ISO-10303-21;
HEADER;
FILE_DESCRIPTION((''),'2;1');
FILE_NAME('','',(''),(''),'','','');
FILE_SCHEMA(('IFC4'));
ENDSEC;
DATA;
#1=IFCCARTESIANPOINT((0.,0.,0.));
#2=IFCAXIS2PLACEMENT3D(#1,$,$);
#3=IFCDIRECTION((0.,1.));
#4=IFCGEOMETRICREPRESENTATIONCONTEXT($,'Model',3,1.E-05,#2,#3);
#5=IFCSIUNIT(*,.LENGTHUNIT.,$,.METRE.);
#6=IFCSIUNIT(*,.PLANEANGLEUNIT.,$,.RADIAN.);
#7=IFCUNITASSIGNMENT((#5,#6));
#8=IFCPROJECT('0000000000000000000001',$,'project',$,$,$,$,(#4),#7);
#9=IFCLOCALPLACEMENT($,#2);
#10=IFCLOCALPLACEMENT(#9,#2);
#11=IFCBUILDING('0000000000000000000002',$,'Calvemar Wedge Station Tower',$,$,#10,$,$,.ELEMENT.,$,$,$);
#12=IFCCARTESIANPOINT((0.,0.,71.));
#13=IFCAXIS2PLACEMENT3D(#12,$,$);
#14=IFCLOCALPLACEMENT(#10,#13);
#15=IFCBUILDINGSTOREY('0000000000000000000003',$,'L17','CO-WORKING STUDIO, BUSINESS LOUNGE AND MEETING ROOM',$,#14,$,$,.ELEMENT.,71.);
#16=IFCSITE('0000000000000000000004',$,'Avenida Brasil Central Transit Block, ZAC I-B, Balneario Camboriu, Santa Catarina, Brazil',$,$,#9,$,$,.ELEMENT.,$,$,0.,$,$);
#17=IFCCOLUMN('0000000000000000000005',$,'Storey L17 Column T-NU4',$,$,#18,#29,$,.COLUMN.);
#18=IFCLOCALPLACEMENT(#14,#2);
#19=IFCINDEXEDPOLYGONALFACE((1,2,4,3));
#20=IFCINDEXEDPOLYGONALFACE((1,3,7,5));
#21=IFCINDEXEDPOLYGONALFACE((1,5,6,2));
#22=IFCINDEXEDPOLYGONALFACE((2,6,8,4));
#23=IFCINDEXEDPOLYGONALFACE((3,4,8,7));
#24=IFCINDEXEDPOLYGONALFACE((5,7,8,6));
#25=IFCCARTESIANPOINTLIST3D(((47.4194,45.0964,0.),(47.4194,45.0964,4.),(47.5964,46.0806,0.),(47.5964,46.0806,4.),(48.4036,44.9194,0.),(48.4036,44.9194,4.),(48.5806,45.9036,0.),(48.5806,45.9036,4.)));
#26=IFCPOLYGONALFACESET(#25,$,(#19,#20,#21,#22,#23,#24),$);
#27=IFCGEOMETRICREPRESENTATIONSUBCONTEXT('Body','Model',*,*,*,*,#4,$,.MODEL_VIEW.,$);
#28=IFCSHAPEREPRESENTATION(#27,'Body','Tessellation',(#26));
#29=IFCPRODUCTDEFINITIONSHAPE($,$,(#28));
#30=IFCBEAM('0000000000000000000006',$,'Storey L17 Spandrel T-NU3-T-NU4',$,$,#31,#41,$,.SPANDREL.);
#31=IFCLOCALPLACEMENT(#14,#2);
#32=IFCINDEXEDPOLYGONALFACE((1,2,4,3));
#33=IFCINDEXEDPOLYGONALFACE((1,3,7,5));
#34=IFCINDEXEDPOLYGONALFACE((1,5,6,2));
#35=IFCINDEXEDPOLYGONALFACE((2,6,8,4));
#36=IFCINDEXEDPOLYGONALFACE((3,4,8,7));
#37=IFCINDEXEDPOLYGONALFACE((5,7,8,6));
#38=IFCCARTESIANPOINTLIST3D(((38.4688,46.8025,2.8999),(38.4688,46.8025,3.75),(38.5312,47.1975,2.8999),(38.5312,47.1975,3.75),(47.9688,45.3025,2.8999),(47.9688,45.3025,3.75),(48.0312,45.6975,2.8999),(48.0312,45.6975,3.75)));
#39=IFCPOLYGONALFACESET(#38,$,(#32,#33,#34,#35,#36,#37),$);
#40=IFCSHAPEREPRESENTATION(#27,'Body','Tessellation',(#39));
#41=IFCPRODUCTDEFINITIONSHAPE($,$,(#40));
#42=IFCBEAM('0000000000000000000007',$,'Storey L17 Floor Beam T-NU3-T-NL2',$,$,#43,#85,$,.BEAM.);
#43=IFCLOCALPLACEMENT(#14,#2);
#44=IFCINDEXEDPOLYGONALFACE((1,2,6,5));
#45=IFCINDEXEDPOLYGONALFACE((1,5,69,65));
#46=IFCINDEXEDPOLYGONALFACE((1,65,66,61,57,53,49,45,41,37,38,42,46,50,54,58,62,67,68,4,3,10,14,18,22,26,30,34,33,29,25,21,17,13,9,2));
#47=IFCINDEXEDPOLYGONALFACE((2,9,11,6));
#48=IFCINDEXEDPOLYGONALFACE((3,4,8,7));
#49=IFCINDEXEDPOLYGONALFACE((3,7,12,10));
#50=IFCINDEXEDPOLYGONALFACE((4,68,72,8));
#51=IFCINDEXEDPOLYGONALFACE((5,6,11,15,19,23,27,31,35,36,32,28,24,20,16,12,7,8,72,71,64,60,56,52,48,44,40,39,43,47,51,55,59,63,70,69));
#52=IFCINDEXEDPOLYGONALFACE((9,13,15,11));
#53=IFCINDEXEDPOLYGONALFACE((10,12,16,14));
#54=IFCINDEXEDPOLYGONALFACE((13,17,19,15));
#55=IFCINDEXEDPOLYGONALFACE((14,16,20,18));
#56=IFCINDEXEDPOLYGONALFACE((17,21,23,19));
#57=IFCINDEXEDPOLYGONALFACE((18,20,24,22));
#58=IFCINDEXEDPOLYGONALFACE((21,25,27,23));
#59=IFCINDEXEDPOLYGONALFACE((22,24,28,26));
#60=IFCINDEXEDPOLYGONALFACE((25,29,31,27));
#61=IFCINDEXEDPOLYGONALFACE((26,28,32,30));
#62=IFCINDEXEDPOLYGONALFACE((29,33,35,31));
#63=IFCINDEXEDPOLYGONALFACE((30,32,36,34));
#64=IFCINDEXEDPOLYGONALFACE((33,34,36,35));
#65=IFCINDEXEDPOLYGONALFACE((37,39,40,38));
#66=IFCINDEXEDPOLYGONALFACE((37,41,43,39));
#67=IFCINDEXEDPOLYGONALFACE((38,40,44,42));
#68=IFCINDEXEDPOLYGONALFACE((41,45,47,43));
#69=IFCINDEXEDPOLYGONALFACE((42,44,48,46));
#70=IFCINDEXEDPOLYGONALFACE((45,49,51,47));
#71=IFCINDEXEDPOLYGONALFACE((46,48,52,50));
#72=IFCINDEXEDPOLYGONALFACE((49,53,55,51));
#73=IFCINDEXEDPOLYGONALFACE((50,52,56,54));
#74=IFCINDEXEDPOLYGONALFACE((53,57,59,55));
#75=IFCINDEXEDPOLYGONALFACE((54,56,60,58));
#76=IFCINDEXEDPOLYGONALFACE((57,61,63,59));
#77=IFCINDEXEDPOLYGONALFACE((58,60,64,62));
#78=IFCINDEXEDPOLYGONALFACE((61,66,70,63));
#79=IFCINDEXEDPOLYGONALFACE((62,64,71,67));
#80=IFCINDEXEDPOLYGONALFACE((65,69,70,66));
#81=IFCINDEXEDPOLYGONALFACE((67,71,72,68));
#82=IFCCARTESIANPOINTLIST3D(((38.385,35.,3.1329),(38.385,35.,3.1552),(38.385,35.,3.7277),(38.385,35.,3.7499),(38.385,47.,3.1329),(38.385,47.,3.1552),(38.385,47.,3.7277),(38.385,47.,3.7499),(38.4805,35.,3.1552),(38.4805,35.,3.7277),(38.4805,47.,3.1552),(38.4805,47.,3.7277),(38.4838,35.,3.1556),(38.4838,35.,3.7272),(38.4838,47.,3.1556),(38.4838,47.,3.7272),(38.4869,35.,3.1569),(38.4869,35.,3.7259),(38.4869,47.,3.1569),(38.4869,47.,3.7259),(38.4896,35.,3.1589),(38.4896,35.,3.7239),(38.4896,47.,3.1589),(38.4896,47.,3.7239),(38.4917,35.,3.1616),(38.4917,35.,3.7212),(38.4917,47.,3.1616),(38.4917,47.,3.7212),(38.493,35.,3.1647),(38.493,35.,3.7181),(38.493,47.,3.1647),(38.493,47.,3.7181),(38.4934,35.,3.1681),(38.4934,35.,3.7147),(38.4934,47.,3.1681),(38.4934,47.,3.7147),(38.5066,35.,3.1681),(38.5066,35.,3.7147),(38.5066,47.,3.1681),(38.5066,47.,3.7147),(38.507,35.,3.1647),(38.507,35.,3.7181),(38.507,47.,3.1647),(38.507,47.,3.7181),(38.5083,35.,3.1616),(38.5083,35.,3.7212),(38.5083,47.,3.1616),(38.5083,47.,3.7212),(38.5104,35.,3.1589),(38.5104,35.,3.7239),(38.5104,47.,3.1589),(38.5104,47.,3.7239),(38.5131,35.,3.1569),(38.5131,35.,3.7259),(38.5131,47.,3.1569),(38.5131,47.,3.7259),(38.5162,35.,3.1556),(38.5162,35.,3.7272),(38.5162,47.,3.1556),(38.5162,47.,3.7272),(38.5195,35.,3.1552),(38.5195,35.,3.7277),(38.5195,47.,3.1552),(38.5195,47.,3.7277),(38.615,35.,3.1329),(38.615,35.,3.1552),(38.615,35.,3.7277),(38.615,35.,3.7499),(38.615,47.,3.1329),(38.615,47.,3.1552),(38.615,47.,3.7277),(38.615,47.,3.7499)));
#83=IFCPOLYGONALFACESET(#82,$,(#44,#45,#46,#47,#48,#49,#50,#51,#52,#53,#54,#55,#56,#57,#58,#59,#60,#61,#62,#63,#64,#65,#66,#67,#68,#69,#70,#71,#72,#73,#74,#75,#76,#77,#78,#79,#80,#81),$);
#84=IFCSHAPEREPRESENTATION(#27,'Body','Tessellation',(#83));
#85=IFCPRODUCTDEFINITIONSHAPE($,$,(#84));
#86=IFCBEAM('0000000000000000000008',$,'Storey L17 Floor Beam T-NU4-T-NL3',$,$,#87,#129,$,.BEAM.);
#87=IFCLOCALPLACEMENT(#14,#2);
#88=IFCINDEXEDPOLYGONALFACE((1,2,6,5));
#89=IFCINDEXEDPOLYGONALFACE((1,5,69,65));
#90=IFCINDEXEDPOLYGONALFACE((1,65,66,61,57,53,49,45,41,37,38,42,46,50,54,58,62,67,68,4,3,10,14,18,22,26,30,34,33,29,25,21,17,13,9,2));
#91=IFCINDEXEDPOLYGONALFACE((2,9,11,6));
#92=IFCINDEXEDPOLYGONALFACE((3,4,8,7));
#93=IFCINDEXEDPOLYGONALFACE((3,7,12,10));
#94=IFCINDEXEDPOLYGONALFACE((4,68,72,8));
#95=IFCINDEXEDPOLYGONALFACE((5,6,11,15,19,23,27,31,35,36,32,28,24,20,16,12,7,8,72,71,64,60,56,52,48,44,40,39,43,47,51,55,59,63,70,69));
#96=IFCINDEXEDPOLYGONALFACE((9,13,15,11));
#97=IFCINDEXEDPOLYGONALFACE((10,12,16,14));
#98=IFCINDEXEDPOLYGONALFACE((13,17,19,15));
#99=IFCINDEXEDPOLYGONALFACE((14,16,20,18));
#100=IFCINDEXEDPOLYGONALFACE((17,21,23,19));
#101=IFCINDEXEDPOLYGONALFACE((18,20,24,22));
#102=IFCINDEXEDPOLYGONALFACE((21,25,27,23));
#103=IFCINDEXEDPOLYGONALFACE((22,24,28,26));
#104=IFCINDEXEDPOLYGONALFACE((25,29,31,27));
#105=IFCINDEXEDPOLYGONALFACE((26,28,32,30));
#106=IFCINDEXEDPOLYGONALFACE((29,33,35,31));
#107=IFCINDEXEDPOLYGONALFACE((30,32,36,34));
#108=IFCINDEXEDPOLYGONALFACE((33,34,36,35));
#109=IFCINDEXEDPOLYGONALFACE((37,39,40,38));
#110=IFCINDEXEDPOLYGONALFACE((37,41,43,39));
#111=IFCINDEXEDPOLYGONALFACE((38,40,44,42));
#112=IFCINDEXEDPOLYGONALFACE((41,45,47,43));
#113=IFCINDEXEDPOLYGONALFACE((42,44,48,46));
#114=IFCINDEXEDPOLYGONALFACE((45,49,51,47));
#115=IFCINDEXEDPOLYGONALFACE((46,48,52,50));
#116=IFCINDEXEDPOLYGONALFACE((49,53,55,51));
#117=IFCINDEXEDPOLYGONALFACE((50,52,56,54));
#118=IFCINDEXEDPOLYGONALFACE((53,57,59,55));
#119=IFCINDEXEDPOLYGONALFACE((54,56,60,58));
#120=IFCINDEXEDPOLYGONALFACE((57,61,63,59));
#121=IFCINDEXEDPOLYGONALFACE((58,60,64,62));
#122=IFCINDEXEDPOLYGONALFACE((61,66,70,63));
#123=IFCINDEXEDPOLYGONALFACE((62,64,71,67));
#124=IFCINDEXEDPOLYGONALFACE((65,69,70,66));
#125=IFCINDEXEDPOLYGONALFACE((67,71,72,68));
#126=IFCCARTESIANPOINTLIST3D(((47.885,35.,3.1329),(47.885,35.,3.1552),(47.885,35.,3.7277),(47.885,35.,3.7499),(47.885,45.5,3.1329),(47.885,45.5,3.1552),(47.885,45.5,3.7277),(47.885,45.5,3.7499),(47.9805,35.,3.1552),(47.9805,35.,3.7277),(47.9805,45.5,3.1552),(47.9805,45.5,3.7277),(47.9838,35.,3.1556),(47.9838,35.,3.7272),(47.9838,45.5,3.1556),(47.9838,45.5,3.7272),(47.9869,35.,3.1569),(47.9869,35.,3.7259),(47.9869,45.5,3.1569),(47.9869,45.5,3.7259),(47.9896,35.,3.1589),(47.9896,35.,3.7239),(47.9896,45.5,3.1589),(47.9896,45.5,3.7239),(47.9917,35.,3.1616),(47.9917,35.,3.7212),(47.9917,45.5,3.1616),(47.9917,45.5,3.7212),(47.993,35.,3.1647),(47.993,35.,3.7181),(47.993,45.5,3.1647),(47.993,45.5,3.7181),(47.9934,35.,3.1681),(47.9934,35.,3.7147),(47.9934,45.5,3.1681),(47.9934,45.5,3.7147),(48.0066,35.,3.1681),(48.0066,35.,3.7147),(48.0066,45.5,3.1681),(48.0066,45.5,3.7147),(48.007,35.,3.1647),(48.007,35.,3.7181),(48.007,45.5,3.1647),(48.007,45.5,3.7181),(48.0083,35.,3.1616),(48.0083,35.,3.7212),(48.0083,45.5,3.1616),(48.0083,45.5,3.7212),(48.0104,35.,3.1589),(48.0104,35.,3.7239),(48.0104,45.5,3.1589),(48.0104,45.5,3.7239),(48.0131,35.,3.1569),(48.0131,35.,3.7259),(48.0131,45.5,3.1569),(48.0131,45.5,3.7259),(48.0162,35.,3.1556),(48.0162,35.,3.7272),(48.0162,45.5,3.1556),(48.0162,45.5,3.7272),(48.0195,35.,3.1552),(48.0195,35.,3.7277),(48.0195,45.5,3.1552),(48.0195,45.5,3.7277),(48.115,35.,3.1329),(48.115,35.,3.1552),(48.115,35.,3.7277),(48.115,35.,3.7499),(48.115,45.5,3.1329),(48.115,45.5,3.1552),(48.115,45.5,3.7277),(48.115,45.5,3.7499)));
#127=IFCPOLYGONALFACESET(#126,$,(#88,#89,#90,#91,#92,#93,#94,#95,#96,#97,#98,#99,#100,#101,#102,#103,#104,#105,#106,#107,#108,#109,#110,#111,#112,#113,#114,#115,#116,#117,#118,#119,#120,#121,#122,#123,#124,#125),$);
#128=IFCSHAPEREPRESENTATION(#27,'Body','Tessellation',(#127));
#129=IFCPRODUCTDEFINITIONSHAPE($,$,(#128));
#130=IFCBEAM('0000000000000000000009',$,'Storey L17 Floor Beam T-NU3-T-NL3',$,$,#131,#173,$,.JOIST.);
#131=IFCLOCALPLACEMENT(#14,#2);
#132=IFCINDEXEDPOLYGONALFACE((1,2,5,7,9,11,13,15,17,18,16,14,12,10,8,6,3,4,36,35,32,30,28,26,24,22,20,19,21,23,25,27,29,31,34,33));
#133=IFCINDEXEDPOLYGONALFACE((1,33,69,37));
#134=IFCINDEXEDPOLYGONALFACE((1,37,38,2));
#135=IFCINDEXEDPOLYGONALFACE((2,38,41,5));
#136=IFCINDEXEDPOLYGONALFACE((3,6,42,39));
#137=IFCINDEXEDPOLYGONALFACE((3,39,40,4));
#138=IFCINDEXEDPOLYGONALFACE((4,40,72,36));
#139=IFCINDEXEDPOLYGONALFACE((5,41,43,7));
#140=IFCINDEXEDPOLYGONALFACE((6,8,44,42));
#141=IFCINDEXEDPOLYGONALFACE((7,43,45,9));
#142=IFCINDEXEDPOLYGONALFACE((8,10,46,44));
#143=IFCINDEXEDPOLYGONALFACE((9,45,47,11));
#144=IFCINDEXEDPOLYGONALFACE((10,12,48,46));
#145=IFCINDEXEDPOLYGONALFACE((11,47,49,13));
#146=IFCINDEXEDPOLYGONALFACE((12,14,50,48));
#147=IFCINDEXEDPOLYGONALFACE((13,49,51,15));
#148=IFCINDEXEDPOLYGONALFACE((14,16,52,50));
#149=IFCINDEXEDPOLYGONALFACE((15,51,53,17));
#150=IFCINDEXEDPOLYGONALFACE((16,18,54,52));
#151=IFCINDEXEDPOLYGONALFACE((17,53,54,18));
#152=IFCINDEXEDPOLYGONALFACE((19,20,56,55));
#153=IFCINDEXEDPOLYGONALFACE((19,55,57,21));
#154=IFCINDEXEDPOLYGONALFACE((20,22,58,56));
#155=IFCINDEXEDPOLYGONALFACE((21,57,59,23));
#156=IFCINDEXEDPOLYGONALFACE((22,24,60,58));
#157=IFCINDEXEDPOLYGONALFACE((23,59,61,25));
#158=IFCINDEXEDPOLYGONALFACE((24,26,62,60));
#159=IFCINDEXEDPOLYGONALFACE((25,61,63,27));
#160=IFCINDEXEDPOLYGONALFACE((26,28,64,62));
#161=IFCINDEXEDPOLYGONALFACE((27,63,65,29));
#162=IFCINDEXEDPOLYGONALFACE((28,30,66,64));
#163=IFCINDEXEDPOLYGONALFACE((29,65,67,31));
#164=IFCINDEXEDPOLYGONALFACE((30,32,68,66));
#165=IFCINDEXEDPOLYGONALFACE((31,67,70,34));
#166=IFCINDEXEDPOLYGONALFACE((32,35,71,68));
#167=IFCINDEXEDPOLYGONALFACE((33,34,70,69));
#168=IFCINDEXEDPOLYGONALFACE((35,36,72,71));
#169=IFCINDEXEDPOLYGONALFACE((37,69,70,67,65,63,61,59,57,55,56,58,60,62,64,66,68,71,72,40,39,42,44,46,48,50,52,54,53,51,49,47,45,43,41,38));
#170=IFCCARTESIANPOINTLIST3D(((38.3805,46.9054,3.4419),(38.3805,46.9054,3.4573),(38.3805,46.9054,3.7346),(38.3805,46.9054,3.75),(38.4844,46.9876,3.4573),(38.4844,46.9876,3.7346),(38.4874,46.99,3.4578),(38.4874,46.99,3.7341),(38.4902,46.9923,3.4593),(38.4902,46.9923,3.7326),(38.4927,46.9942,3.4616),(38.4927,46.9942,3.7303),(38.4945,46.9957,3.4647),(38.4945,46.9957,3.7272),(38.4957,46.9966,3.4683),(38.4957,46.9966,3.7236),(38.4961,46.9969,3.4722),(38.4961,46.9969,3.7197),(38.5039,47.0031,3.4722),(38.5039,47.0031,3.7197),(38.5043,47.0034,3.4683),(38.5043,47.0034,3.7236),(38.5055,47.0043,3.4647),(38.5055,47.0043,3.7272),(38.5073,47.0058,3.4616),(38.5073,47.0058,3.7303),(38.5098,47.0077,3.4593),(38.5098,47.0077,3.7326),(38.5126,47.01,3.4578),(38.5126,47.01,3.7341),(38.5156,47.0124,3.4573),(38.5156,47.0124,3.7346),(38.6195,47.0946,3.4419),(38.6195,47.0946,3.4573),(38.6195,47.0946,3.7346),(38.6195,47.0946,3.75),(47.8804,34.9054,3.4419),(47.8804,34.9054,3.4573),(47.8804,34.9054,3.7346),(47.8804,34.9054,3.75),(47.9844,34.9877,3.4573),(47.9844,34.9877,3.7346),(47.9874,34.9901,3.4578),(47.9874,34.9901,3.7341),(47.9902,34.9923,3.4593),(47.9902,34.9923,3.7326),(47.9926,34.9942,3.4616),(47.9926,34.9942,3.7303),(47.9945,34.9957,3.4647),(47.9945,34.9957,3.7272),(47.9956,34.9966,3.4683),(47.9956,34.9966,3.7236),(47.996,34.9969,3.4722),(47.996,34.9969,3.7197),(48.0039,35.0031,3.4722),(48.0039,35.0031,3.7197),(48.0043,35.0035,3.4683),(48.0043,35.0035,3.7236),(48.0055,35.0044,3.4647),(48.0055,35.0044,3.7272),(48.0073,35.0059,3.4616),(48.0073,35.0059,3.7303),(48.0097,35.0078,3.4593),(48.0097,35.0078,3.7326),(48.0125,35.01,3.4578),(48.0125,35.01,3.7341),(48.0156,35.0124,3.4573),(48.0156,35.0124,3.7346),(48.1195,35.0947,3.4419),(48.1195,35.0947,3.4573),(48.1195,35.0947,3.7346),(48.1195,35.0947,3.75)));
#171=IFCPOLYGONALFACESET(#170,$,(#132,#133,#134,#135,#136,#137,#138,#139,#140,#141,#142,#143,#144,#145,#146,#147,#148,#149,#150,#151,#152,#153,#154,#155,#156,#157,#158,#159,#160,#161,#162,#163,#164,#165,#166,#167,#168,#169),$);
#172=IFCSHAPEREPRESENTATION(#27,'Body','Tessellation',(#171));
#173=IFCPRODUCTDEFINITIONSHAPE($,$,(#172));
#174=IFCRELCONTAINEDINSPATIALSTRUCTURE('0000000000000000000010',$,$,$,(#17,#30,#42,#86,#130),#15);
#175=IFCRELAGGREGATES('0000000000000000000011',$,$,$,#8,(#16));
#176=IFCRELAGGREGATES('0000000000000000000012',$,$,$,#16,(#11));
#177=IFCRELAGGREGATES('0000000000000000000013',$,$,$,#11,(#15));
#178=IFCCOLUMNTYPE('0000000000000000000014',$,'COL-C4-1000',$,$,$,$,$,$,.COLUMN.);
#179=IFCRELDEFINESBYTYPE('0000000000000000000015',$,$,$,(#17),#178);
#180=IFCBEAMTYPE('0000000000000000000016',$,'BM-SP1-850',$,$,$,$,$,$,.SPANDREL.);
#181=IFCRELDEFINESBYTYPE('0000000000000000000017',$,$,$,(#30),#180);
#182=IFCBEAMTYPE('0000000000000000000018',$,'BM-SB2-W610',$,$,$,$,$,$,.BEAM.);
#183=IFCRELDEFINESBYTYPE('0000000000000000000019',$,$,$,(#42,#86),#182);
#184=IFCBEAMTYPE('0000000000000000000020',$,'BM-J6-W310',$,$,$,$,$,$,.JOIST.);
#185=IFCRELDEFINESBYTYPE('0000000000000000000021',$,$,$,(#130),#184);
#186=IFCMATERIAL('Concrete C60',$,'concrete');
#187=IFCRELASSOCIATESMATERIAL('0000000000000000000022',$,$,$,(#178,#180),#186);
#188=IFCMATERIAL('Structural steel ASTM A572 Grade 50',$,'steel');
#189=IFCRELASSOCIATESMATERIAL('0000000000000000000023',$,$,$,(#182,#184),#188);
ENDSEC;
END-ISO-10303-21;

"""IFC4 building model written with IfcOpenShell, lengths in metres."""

from ifc_helpers import new_model, si_unit, direction, frame, origin, origin_2d, place, context, subcontext, project, spatial, rectangle, i_section, extrude, source, transform, mapped, material, material_profile, profile_set, type_object, element, save


model = new_model("IFC4")

# Units and contexts
model_context = context("Model", 3, precision=1e-05, world=origin(), true_north=direction((0.0, 1.0)))
body_context = subcontext(model_context, "Body", "Model", "MODEL_VIEW")
ifc_project = project(units=[si_unit("LENGTHUNIT", "METRE"), si_unit("PLANEANGLEUNIT", "RADIAN")], contexts=[model_context])

# Site, building, storey
site_placement = place(None, origin())
site = spatial("IfcSite", under=ifc_project, at=site_placement, Name="Avenida Brasil Central Transit Block, ZAC I-B, Balneario Camboriu, Santa Catarina, Brazil", CompositionType="ELEMENT", RefElevation=0.0)
building_placement = place(site_placement, origin())
building = spatial("IfcBuilding", under=site, at=building_placement, Name="Calvemar Wedge Station Tower", CompositionType="ELEMENT")
storey_placement = place(building_placement, frame((0.0, 0.0, 71.0)))
storey = spatial("IfcBuildingStorey", under=building, at=storey_placement, Name="L17", Description="CO-WORKING STUDIO, BUSINESS LOUNGE AND MEETING ROOM", CompositionType="ELEMENT", Elevation=71.0)

# Column
ifc_material_1 = material(Name="Concrete C60", Category="concrete")
ifc_material_profile_1 = material_profile(ifc_material_1, rectangle(XDim=1.0, YDim=1.0, at=origin_2d()), Name="RC1000x1000")
ifc_profile_set_1 = profile_set([ifc_material_profile_1], Name="Concrete C60")
column_type = type_object("IfcColumnType", Name="COL-C4-1000", PredefinedType="COLUMN", material=ifc_profile_set_1)
shared_shape_1 = source(origin(), body_context, "Body", "SweptSolid", [
    extrude(rectangle(XDim=1.0, YDim=1.0, at=origin_2d()), origin(), (0.0, 0.0, 1.0), 4.0),
])
column_placement = place(storey_placement, frame((48.0, 45.5, 0.0), z_axis=(0.0, 0.0, 1.0), x_axis=(0.984196, -0.177085, 0.0)))
element("IfcColumn", 1, at=column_placement, inside=storey, type_object=column_type, Name="Storey L17 Column T-NU4", PredefinedType="COLUMN", context=body_context, shape_type="MappedRepresentation", body=[
    mapped(shared_shape_1, transform((0.0, 0.0, 0.0), scale=1.0)),
])

# Beams
ifc_material_profile_2 = material_profile(ifc_material_1, rectangle(XDim=0.3999, YDim=0.8501, at=origin_2d()), Name="RC400x850")
ifc_profile_set_2 = profile_set([ifc_material_profile_2], Name="Concrete C60")
beam_type_1 = type_object("IfcBeamType", Name="BM-SP1-850", PredefinedType="SPANDREL", material=ifc_profile_set_2)
shared_shape_2 = source(origin(), body_context, "Body", "SweptSolid", [
    extrude(rectangle(XDim=0.3999, YDim=0.8501, at=origin_2d()), origin(), (0.0, 0.0, 1.0), 9.6177),
])
beam_1_placement = place(storey_placement, frame((38.5, 47.0, 3.325), z_axis=(0.987763, -0.155963, 0.0), x_axis=(0.155963, 0.987763, 0.0)))
element("IfcBeam", 2, at=beam_1_placement, inside=storey, type_object=beam_type_1, Name="Storey L17 Spandrel T-NU3-T-NU4", PredefinedType="SPANDREL", context=body_context, shape_type="MappedRepresentation", body=[
    mapped(shared_shape_2, transform((0.0, 0.0, 0.0), scale=1.0)),
])
ifc_material_2 = material(Name="Structural steel ASTM A572 Grade 50", Category="steel")
ifc_material_profile_3 = material_profile(ifc_material_2, i_section(OverallWidth=0.23, OverallDepth=0.6169, WebThickness=0.0132, FlangeThickness=0.0222, FilletRadius=0.0129, at=origin_2d()), Name="W610x140")
ifc_profile_set_3 = profile_set([ifc_material_profile_3], Name="Structural steel ASTM A572 Grade 50")
beam_type_2 = type_object("IfcBeamType", Name="BM-SB2-W610", PredefinedType="BEAM", material=ifc_profile_set_3)
shared_shape_3 = source(origin(), body_context, "Body", "SweptSolid", [
    extrude(i_section(OverallWidth=0.23, OverallDepth=0.6169, WebThickness=0.0132, FlangeThickness=0.0222, FilletRadius=0.0129, at=origin_2d()), origin(), (0.0, 0.0, 1.0), 12.0),
])
beam_2_placement = place(storey_placement, frame((38.5, 47.0, 3.4414), z_axis=(0.0, -1.0, 0.0), x_axis=(1.0, 0.0, 0.0)))
element("IfcBeam", 3, at=beam_2_placement, inside=storey, type_object=beam_type_2, Name="Storey L17 Floor Beam T-NU3-T-NL2", PredefinedType="BEAM", context=body_context, shape_type="MappedRepresentation", body=[
    mapped(shared_shape_3, transform((0.0, 0.0, 0.0), scale=1.0)),
])
shared_shape_4 = source(origin(), body_context, "Body", "SweptSolid", [
    extrude(i_section(OverallWidth=0.23, OverallDepth=0.6169, WebThickness=0.0132, FlangeThickness=0.0222, FilletRadius=0.0129, at=origin_2d()), origin(), (0.0, 0.0, 1.0), 10.5),
])
beam_3_placement = place(storey_placement, frame((48.0, 45.5, 3.4414), z_axis=(0.0, -1.0, 0.0), x_axis=(1.0, 0.0, 0.0)))
element("IfcBeam", 4, at=beam_3_placement, inside=storey, type_object=beam_type_2, Name="Storey L17 Floor Beam T-NU4-T-NL3", PredefinedType="BEAM", context=body_context, shape_type="MappedRepresentation", body=[
    mapped(shared_shape_4, transform((0.0, 0.0, 0.0), scale=1.0)),
])
ifc_material_profile_4 = material_profile(ifc_material_2, i_section(OverallWidth=0.3049, OverallDepth=0.3081, WebThickness=0.01, FlangeThickness=0.0154, FilletRadius=0.0149, at=origin_2d()), Name="W310x97")
ifc_profile_set_4 = profile_set([ifc_material_profile_4], Name="Structural steel ASTM A572 Grade 50")
beam_type_3 = type_object("IfcBeamType", Name="BM-J6-W310", PredefinedType="JOIST", material=ifc_profile_set_4)
shared_shape_5 = source(origin(), body_context, "Body", "SweptSolid", [
    extrude(i_section(OverallWidth=0.3049, OverallDepth=0.3081, WebThickness=0.01, FlangeThickness=0.0154, FilletRadius=0.0149, at=origin_2d()), origin(), (0.0, 0.0, 1.0), 15.3052),
])
beam_4_placement = place(storey_placement, frame((38.5, 47.0, 3.5959), z_axis=(0.620703, -0.784046, 0.0), x_axis=(0.784046, 0.620703, 0.0)))
element("IfcBeam", 5, at=beam_4_placement, inside=storey, type_object=beam_type_3, Name="Storey L17 Floor Beam T-NU3-T-NL3", PredefinedType="JOIST", context=body_context, shape_type="MappedRepresentation", body=[
    mapped(shared_shape_5, transform((0.0, 0.0, 0.0), scale=1.0)),
])

save(model, "model.ifc")
